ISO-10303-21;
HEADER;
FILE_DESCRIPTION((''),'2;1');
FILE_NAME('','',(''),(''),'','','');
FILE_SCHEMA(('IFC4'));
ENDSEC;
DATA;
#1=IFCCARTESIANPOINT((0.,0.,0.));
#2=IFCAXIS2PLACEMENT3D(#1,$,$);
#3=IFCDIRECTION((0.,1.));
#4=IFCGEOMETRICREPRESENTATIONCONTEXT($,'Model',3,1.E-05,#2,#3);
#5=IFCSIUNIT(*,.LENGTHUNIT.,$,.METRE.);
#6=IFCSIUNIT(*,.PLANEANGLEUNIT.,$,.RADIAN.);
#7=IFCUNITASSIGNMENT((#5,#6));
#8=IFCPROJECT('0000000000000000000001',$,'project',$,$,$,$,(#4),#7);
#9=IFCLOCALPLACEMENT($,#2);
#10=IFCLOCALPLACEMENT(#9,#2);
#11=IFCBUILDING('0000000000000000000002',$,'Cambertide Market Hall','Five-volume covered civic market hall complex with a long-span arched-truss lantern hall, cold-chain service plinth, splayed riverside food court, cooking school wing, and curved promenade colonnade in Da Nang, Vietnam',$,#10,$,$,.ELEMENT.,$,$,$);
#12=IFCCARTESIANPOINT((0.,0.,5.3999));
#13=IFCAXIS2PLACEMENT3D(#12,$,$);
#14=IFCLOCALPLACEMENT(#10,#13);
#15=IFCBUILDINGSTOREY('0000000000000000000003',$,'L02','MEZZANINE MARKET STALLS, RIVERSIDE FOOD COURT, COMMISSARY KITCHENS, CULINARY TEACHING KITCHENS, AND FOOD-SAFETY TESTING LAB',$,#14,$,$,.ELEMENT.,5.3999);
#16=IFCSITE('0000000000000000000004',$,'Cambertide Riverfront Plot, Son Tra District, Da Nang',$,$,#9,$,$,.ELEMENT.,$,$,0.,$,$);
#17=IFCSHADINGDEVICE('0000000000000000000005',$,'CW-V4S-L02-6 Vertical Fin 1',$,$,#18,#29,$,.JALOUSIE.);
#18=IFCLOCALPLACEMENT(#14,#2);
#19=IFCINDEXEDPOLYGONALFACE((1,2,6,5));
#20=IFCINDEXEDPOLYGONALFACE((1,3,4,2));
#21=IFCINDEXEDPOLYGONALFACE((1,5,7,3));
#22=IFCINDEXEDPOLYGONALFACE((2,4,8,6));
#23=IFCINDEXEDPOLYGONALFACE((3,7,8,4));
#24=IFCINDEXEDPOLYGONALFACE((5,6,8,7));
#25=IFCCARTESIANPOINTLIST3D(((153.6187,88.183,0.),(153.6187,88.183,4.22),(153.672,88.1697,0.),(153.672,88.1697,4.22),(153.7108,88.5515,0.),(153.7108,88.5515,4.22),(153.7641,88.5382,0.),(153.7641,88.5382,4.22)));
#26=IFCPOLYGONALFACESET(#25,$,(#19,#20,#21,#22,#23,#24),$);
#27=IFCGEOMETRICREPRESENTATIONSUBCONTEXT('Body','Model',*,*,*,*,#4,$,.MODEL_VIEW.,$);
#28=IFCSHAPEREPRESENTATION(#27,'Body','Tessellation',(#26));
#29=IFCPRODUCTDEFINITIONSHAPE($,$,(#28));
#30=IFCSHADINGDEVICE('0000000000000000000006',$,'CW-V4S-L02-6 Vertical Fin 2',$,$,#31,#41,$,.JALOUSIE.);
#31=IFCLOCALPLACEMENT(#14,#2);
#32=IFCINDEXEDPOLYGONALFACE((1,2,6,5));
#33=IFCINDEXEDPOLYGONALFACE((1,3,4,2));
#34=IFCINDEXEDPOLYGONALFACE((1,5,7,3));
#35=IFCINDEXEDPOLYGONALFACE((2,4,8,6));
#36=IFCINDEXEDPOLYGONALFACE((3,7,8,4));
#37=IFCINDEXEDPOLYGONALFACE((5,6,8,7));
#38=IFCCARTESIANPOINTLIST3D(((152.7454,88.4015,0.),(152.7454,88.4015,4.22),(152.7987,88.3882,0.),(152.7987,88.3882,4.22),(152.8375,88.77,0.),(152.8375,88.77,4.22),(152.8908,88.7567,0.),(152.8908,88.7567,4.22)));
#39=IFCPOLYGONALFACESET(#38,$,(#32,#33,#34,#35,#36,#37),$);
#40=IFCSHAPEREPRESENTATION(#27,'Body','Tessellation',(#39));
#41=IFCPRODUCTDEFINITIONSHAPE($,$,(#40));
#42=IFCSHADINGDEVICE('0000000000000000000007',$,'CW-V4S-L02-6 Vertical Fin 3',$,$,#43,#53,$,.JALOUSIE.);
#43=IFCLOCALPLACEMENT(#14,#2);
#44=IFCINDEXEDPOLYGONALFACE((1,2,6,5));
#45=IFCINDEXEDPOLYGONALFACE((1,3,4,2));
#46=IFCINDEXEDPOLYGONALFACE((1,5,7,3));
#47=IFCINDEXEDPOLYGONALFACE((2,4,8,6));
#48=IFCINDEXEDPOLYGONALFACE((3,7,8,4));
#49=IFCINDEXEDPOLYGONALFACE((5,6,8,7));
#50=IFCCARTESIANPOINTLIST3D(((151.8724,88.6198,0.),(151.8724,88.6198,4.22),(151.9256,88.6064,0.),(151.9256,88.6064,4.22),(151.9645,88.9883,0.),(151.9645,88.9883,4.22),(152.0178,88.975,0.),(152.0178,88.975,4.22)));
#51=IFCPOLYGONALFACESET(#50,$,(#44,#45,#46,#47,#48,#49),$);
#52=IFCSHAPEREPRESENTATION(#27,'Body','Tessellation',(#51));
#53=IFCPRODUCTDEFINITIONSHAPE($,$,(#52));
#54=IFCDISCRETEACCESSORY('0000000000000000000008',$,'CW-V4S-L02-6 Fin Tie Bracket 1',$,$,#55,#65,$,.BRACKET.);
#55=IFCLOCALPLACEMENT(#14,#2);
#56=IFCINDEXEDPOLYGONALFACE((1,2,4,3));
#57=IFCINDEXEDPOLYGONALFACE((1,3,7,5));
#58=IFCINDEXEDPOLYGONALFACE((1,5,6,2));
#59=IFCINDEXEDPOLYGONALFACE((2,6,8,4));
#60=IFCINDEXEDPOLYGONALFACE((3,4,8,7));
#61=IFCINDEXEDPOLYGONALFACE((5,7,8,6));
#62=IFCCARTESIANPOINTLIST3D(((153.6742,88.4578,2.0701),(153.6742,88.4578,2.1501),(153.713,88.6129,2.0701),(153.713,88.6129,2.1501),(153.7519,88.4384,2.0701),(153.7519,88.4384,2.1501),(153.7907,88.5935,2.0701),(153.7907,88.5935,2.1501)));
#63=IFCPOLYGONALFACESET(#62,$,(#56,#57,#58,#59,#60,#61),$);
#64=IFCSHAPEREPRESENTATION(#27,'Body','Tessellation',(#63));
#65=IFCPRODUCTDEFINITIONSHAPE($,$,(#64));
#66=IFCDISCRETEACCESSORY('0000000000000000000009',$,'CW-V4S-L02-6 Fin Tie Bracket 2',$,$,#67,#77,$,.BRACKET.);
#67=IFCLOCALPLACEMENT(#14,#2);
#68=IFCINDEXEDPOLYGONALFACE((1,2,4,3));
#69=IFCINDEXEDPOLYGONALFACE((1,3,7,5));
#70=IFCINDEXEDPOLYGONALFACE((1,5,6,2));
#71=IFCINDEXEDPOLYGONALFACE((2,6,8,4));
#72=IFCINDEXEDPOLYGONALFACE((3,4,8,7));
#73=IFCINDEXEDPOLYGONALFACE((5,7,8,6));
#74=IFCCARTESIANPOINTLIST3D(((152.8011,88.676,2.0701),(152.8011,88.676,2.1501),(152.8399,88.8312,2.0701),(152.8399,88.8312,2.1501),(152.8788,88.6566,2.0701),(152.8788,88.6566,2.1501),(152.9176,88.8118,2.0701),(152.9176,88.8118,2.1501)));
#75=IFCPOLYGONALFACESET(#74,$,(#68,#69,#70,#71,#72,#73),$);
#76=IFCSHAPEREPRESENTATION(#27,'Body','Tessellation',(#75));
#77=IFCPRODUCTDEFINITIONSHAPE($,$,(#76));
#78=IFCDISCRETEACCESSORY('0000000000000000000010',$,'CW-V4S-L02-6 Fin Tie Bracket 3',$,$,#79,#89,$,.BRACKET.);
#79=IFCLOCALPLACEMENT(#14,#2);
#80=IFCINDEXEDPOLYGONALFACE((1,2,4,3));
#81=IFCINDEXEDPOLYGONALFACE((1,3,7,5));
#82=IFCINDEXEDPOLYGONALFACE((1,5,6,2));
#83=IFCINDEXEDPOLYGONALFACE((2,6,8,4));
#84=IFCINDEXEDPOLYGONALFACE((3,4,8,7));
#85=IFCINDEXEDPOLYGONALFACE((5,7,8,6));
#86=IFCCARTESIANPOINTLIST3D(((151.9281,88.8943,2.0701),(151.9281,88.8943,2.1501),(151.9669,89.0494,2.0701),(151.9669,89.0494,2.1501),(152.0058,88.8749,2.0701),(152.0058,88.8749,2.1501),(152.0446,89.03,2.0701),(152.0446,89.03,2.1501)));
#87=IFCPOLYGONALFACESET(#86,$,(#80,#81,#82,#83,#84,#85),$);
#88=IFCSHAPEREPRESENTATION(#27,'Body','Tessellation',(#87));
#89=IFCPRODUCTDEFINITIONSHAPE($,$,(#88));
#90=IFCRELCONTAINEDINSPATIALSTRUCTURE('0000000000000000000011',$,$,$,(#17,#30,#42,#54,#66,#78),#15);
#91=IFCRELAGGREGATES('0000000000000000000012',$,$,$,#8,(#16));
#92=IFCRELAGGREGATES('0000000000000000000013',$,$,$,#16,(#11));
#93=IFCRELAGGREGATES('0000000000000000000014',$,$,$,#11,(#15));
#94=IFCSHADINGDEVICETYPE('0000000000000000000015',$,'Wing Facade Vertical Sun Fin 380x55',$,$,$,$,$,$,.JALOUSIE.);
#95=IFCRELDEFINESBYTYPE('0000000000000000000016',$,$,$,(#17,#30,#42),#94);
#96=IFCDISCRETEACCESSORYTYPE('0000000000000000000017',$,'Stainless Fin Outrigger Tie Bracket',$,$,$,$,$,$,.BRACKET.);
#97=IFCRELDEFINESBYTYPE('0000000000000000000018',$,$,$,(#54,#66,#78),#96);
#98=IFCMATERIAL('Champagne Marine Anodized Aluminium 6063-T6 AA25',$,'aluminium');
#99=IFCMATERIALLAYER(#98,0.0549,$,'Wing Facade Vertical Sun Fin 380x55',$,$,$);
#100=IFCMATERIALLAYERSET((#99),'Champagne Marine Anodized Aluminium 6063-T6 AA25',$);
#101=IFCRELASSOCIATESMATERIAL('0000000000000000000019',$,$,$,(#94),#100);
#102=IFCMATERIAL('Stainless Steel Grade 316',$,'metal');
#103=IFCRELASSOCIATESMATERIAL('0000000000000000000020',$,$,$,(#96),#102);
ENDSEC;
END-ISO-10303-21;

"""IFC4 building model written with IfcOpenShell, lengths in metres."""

from ifc_helpers import new_model, si_unit, direction, frame, origin, origin_2d, place, context, subcontext, project, spatial, rectangle, extrude, material, layer, layer_set, type_object, element, save


model = new_model("IFC4")

# Units and contexts
model_context = context("Model", 3, precision=1e-05, world=origin(), true_north=direction((0.0, 1.0)))
body_context = subcontext(model_context, "Body", "Model", "MODEL_VIEW")
ifc_project = project(units=[si_unit("LENGTHUNIT", "METRE"), si_unit("PLANEANGLEUNIT", "RADIAN")], contexts=[model_context])

# Site, building, storey
site_placement = place(None, origin())
site = spatial("IfcSite", under=ifc_project, at=site_placement, Name="Cambertide Riverfront Plot, Son Tra District, Da Nang", CompositionType="ELEMENT", RefElevation=0.0)
building_placement = place(site_placement, origin())
building = spatial("IfcBuilding", under=site, at=building_placement, Name="Cambertide Market Hall", Description="Five-volume covered civic market hall complex with a long-span arched-truss lantern hall, cold-chain service plinth, splayed riverside food court, cooking school wing, and curved promenade colonnade in Da Nang, Vietnam", CompositionType="ELEMENT")
storey_placement = place(building_placement, frame((0.0, 0.0, 5.3999)))
storey = spatial("IfcBuildingStorey", under=building, at=storey_placement, Name="L02", Description="MEZZANINE MARKET STALLS, RIVERSIDE FOOD COURT, COMMISSARY KITCHENS, CULINARY TEACHING KITCHENS, AND FOOD-SAFETY TESTING LAB", CompositionType="ELEMENT", Elevation=5.3999)

# Shading devices
ifc_material_1 = material(Name="Champagne Marine Anodized Aluminium 6063-T6 AA25", Category="aluminium")
ifc_layer_1 = layer(ifc_material_1, 0.0549, Name="Wing Facade Vertical Sun Fin 380x55")
ifc_layer_set_1 = layer_set([ifc_layer_1], Name="Champagne Marine Anodized Aluminium 6063-T6 AA25")
shading_device_type = type_object("IfcShadingDeviceType", Name="Wing Facade Vertical Sun Fin 380x55", PredefinedType="JALOUSIE", material=ifc_layer_set_1)
for number, where, z_axis, x_axis, name in (
    (1, (153.6914, 88.3606, 0.0), (0.0, 0.0, 1.0), (-0.970143, 0.242535, 0.0), "CW-V4S-L02-6 Vertical Fin 1"),
    (2, (152.8181, 88.5791, 0.0), (0.0, 0.0, 1.0), (-0.970143, 0.242535, 0.0), "CW-V4S-L02-6 Vertical Fin 2"),
    (3, (151.9451, 88.7974, 0.0), (0.0, 0.0, 1.0), (-0.970143, 0.242535, 0.0), "CW-V4S-L02-6 Vertical Fin 3"),
):
    element("IfcShadingDevice", number, at=place(storey_placement, frame(where, z_axis=z_axis, x_axis=x_axis)), inside=storey, type_object=shading_device_type, Name=name, PredefinedType="JALOUSIE", context=body_context, shape_type="SweptSolid", body=[
        extrude(rectangle(XDim=0.0549, YDim=0.3799, at=origin_2d()), origin(), (0.0, 0.0, 1.0), 4.22),
    ])

# Discrete accessories
ifc_material_2 = material(Name="Stainless Steel Grade 316", Category="metal")
discrete_accessory_type = type_object("IfcDiscreteAccessoryType", Name="Stainless Fin Outrigger Tie Bracket", PredefinedType="BRACKET", material=ifc_material_2)
for number, where, z_axis, x_axis, name in (
    (4, (153.7324, 88.5256, 2.0701), (0.0, 0.0, 1.0), (-0.970143, 0.242535, 0.0), "CW-V4S-L02-6 Fin Tie Bracket 1"),
    (5, (152.8594, 88.7439, 2.0701), (0.0, 0.0, 1.0), (-0.970143, 0.242535, 0.0), "CW-V4S-L02-6 Fin Tie Bracket 2"),
    (6, (151.9863, 88.9622, 2.0701), (0.0, 0.0, 1.0), (-0.970143, 0.242535, 0.0), "CW-V4S-L02-6 Fin Tie Bracket 3"),
):
    element("IfcDiscreteAccessory", number, at=place(storey_placement, frame(where, z_axis=z_axis, x_axis=x_axis)), inside=storey, type_object=discrete_accessory_type, Name=name, PredefinedType="BRACKET", context=body_context, shape_type="SweptSolid", body=[
        extrude(rectangle(XDim=0.0801, YDim=0.1599, at=origin_2d()), origin(), (0.0, 0.0, 1.0), 0.0801),
    ])

save(model, "model.ifc")
